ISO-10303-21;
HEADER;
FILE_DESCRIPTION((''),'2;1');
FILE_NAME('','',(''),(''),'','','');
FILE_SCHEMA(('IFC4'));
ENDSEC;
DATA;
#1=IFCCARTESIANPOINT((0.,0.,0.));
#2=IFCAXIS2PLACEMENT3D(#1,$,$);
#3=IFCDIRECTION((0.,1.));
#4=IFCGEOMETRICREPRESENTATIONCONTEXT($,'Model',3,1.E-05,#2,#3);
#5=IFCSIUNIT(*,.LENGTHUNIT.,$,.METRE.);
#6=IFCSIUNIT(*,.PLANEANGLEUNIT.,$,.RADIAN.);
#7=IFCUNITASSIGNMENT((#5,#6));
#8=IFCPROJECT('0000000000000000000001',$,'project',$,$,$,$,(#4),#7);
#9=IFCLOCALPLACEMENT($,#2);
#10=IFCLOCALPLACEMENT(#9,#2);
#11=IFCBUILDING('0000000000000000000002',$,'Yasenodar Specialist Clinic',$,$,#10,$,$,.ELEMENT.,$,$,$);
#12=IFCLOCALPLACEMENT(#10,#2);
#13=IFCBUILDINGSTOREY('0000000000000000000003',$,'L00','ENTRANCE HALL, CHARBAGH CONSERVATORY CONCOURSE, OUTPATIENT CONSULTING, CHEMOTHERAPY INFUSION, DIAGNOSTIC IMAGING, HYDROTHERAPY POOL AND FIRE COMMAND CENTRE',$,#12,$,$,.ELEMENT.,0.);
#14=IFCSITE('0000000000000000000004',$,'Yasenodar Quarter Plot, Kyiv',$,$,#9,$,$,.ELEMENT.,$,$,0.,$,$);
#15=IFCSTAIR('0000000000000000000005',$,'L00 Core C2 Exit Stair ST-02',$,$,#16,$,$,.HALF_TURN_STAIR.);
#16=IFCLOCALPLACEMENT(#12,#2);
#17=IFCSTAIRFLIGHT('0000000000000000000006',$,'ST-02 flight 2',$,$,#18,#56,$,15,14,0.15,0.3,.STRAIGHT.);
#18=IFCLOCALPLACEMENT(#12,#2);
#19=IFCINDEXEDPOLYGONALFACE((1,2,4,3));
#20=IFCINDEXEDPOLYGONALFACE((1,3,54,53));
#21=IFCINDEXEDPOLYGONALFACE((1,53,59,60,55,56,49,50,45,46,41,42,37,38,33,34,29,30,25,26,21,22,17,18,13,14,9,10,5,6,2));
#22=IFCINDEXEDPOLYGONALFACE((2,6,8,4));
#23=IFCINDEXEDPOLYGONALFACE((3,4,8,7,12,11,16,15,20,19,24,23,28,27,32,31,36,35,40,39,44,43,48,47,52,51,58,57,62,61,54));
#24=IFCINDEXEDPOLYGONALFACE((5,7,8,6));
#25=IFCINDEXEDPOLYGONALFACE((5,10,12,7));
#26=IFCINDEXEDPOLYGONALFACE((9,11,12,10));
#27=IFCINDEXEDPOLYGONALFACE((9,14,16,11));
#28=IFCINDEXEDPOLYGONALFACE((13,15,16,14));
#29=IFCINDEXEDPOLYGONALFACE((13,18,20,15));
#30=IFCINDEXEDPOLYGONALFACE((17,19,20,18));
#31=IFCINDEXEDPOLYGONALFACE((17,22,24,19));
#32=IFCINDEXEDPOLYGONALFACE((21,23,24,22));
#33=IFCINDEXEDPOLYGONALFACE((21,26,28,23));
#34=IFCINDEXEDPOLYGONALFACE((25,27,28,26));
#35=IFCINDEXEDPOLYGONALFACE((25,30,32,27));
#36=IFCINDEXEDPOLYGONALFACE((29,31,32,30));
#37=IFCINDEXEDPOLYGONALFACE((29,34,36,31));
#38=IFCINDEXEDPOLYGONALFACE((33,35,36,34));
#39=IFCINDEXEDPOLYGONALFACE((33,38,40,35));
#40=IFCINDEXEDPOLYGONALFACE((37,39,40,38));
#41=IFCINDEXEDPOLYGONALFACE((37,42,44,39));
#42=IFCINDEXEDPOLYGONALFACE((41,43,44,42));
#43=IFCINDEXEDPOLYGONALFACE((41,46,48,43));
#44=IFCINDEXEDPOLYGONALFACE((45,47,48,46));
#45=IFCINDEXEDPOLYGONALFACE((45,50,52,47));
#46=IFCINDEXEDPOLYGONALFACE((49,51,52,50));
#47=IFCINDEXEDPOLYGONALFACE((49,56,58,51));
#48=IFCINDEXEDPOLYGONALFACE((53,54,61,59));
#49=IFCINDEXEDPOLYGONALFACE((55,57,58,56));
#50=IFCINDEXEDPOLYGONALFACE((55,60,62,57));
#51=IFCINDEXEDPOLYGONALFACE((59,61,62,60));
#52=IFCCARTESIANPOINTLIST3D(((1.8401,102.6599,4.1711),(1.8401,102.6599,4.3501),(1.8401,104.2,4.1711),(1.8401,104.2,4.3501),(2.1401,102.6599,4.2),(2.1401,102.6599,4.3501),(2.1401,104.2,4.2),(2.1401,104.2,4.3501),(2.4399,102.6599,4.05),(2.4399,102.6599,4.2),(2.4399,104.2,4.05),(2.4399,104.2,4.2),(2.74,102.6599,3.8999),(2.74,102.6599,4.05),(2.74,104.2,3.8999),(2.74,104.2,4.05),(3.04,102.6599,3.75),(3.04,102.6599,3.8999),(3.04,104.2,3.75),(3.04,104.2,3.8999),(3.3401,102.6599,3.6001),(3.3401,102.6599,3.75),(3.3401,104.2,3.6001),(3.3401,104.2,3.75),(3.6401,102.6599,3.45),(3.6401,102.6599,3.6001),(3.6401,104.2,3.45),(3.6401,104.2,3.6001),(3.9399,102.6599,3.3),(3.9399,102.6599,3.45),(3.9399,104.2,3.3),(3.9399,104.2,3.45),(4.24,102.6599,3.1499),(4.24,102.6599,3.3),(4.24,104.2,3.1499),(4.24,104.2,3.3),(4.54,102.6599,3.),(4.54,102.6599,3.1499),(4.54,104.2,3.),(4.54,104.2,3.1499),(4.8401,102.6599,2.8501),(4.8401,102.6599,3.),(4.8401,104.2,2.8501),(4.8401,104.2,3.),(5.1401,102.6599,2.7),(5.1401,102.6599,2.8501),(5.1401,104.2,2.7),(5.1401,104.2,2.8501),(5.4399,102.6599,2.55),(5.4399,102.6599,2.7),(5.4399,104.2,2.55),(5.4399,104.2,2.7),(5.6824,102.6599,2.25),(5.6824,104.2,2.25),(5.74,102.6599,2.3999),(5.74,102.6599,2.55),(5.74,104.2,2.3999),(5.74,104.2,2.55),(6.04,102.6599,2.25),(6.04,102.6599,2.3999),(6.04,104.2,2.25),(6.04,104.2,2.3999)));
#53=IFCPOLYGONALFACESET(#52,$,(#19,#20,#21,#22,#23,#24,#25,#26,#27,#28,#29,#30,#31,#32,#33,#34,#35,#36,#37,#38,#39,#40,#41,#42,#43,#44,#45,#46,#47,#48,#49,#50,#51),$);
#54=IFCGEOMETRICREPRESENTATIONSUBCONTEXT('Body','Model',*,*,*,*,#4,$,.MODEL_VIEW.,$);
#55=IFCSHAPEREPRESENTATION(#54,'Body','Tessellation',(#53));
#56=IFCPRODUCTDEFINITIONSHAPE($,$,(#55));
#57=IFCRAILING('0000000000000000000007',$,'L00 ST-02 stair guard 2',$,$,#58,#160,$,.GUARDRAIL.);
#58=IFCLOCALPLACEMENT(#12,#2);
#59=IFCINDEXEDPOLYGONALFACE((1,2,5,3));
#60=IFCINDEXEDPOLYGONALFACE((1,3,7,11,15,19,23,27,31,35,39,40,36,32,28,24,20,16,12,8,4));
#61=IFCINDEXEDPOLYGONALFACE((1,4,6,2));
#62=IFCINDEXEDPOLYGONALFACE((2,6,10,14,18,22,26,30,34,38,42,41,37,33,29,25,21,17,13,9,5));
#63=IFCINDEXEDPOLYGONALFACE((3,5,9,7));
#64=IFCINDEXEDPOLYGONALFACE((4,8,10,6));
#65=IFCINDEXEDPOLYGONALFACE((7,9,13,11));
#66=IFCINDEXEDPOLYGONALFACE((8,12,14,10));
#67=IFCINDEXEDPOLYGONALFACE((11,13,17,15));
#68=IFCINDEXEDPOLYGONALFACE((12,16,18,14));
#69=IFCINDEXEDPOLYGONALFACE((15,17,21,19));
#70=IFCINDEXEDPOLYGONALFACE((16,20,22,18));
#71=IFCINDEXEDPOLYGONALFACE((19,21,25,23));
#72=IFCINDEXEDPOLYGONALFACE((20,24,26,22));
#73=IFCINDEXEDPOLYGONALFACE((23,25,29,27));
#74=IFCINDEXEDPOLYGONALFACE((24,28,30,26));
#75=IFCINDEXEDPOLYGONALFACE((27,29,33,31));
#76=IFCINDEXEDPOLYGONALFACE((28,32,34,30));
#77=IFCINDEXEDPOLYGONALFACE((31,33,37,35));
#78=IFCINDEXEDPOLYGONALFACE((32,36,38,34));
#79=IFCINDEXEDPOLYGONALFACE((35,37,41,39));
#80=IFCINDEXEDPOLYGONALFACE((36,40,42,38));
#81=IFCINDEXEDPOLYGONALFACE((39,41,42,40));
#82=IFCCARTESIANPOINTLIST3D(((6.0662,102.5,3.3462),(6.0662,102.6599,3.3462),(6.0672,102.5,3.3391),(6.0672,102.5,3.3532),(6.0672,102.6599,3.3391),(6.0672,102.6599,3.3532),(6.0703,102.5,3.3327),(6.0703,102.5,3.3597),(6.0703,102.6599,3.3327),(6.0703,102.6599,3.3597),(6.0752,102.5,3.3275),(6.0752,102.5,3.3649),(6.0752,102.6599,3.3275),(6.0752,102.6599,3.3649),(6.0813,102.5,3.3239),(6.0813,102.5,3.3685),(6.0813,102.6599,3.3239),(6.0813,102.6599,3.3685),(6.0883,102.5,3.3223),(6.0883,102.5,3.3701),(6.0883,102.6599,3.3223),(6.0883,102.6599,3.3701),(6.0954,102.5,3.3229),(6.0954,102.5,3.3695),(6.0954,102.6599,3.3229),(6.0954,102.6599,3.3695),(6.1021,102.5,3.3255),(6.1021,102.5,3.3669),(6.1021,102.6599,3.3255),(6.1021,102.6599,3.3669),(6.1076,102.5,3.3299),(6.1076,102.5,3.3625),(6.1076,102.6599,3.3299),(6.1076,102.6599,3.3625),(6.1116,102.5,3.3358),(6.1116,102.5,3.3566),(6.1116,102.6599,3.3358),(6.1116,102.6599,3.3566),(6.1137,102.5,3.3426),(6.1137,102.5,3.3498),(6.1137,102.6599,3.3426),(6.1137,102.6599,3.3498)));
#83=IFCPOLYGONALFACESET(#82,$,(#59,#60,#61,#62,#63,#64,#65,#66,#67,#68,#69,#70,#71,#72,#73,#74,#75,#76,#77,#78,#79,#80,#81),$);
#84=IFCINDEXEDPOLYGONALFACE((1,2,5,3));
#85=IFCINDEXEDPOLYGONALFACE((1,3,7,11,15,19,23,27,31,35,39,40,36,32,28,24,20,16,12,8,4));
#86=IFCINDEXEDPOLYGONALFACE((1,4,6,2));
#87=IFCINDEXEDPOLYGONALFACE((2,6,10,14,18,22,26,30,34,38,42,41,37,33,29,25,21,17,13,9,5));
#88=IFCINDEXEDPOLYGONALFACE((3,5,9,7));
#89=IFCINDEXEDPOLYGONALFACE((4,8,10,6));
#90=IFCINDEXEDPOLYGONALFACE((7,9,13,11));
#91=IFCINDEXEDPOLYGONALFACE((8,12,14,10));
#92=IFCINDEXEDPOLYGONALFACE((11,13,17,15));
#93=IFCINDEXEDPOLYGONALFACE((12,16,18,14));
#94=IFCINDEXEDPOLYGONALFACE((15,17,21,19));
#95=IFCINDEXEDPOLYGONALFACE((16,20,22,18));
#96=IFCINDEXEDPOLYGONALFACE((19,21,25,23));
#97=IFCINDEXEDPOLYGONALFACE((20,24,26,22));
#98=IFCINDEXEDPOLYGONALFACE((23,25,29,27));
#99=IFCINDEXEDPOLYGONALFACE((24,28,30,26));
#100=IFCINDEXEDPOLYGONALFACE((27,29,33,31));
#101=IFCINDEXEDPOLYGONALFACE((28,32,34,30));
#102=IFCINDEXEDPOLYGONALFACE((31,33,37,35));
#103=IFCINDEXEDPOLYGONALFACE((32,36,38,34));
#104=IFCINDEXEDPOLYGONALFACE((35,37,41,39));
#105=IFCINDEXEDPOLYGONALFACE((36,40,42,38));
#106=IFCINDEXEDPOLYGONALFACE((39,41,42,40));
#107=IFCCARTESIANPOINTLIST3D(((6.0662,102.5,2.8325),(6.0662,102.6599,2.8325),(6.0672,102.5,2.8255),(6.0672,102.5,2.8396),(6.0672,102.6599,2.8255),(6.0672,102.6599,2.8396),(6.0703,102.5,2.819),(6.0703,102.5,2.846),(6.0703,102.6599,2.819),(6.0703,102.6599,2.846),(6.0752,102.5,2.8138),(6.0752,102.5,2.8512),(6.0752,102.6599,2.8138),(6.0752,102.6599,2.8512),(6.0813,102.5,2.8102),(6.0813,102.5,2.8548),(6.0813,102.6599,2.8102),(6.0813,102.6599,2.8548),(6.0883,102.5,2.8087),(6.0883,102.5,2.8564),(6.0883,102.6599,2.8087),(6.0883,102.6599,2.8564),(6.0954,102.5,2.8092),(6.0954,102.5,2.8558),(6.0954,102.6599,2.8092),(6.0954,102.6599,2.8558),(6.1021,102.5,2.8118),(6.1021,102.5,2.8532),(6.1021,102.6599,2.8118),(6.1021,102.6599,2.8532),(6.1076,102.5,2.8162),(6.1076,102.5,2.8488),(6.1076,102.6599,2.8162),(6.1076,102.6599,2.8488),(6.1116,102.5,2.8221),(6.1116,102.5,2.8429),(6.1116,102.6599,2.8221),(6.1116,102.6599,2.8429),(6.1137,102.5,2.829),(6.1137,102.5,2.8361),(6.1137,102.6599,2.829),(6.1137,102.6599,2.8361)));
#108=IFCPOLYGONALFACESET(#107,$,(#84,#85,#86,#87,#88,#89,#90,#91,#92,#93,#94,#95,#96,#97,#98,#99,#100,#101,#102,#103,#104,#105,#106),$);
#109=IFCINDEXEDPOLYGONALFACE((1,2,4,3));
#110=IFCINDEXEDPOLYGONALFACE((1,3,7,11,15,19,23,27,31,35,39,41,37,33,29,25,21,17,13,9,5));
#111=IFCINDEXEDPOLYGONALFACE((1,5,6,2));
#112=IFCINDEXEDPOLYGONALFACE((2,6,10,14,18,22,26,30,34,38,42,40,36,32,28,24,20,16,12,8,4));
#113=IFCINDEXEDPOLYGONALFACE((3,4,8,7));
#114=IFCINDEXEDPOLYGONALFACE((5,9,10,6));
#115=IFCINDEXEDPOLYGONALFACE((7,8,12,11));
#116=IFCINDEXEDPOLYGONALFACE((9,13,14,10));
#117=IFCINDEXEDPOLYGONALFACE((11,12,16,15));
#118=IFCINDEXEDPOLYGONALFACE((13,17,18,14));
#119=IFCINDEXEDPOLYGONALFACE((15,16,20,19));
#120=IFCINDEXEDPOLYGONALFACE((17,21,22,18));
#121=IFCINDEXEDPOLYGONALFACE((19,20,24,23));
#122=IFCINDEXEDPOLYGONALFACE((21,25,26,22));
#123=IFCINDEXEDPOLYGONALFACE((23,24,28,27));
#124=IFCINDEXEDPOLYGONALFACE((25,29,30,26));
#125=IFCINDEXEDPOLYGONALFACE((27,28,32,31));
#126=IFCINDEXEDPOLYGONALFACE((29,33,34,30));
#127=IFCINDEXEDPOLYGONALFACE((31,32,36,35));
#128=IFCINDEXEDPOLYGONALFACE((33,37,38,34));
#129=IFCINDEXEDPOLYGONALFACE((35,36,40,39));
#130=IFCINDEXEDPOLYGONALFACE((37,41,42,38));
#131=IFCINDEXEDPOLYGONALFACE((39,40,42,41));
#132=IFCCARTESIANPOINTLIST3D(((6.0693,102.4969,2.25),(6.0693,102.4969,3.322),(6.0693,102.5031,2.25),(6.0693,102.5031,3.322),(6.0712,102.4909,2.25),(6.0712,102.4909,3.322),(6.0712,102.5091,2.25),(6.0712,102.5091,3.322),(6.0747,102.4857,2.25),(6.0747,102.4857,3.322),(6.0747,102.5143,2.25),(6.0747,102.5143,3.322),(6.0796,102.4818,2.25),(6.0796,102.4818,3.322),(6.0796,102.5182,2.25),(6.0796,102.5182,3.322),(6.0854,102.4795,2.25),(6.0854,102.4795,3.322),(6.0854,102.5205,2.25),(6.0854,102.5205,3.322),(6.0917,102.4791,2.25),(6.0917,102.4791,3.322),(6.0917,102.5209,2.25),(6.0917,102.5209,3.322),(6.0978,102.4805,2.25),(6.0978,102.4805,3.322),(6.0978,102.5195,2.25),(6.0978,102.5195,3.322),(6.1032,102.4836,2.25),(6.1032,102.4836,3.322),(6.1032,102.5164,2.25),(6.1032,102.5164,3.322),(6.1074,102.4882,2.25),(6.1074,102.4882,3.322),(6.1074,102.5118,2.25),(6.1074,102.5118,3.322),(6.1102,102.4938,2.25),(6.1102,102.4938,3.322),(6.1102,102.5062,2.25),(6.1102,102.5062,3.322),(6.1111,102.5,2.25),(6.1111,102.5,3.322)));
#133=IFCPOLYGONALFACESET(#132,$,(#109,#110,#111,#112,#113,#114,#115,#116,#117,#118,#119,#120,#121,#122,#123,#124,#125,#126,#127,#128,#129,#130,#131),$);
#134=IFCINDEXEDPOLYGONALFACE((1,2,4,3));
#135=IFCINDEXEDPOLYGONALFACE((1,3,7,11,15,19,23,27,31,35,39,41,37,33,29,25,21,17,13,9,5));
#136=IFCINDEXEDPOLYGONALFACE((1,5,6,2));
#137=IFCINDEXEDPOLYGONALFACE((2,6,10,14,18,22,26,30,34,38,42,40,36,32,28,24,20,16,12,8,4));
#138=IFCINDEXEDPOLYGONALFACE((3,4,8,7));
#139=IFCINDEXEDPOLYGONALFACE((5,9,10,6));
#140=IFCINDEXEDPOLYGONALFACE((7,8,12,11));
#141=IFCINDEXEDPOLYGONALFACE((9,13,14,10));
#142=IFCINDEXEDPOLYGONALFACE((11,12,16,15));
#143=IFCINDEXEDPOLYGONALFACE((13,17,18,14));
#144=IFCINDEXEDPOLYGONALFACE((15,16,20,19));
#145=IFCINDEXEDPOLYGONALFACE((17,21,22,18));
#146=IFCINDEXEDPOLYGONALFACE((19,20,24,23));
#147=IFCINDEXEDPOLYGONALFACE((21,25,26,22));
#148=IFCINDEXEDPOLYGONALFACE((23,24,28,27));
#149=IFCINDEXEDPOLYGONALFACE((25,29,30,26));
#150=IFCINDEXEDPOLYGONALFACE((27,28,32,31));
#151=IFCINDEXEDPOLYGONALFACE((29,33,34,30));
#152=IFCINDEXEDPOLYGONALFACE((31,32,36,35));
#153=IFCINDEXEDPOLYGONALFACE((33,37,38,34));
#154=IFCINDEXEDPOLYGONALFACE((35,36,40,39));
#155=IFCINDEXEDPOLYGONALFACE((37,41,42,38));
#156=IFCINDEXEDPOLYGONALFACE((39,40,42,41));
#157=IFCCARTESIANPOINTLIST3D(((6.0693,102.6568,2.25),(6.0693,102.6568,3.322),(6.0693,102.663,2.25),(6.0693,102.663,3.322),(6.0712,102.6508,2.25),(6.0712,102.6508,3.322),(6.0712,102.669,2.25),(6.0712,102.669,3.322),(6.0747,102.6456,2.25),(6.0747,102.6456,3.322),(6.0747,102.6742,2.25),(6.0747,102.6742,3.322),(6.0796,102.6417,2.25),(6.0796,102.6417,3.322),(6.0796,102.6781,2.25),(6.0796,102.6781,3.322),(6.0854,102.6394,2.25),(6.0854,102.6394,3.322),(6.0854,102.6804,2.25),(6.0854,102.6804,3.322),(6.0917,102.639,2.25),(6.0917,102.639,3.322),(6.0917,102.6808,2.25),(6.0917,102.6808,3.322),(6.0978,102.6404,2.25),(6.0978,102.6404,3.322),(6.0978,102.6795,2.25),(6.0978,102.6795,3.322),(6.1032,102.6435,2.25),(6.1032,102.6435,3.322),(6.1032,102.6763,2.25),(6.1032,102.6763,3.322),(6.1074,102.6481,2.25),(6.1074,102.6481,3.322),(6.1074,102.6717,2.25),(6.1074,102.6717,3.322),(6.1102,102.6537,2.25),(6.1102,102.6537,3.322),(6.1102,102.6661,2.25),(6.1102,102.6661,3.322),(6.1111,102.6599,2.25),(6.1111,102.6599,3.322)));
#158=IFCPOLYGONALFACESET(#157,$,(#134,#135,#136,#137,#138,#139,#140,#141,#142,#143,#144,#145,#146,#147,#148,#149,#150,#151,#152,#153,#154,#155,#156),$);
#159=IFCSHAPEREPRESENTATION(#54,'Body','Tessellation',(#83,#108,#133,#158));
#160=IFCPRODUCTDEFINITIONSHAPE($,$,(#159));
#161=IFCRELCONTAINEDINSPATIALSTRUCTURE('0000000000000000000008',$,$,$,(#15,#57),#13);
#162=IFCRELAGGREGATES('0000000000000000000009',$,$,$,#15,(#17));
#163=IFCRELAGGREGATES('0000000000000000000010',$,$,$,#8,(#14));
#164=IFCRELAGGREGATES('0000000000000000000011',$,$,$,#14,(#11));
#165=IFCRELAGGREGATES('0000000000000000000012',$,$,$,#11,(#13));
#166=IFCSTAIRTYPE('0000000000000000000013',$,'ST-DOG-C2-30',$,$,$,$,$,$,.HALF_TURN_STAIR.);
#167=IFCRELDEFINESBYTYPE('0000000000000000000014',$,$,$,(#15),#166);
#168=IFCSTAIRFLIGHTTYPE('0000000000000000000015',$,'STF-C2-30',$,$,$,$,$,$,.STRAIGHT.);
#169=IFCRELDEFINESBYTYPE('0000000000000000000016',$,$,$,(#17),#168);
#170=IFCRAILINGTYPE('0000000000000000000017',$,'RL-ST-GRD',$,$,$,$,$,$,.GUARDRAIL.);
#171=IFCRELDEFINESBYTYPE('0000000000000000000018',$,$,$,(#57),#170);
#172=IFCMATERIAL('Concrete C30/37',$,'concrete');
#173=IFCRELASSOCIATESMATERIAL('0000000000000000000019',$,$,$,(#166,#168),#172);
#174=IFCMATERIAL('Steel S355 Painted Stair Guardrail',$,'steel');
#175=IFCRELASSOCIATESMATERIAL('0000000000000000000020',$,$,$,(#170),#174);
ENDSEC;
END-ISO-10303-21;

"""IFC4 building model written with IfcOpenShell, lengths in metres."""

from ifc_helpers import new_model, si_unit, direction, frame, origin, origin_2d, place, context, subcontext, project, spatial, polyline, circle, outline, extrude, material, type_object, element, aggregate, save


model = new_model("IFC4")

# Units and contexts
model_context = context("Model", 3, precision=1e-05, world=origin(), true_north=direction((0.0, 1.0)))
body_context = subcontext(model_context, "Body", "Model", "MODEL_VIEW")
ifc_project = project(units=[si_unit("LENGTHUNIT", "METRE"), si_unit("PLANEANGLEUNIT", "RADIAN")], contexts=[model_context])

# Site, building, storey
site_placement = place(None, origin())
site = spatial("IfcSite", under=ifc_project, at=site_placement, Name="Yasenodar Quarter Plot, Kyiv", CompositionType="ELEMENT", RefElevation=0.0)
building_placement = place(site_placement, origin())
building = spatial("IfcBuilding", under=site, at=building_placement, Name="Yasenodar Specialist Clinic", CompositionType="ELEMENT")
storey_placement = place(building_placement, origin())
storey = spatial("IfcBuildingStorey", under=building, at=storey_placement, Name="L00", Description="ENTRANCE HALL, CHARBAGH CONSERVATORY CONCOURSE, OUTPATIENT CONSULTING, CHEMOTHERAPY INFUSION, DIAGNOSTIC IMAGING, HYDROTHERAPY POOL AND FIRE COMMAND CENTRE", CompositionType="ELEMENT", Elevation=0.0)

# Stair, stair flight
ifc_material_1 = material(Name="Concrete C30/37", Category="concrete")
stair_type = type_object("IfcStairType", Name="ST-DOG-C2-30", PredefinedType="HALF_TURN_STAIR", material=ifc_material_1)
stair_placement = place(storey_placement, origin())
stair = element("IfcStair", 1, at=stair_placement, inside=storey, type_object=stair_type, Name="L00 Core C2 Exit Stair ST-02", PredefinedType="HALF_TURN_STAIR")
stair_flight_type = type_object("IfcStairFlightType", Name="STF-C2-30", PredefinedType="STRAIGHT", material=ifc_material_1)
stair_flight_placement = place(storey_placement, frame((6.04, 103.4299, 2.25), z_axis=(0.0, 0.0, 1.0), x_axis=(-1.0, 0.0, 0.0)))
stair_flight = element("IfcStairFlight", 2, at=stair_flight_placement, type_object=stair_flight_type, Name="ST-02 flight 2", NumberOfRisers=15, NumberOfTreads=14, PredefinedType="STRAIGHT", RiserHeight=0.15, TreadLength=0.3, context=body_context, shape_type="SweptSolid", body=[
    extrude(outline(polyline([(0.0, 0.0), (0.0, 0.1499), (0.3, 0.1499), (0.3, 0.3), (0.6001, 0.3), (0.6001, 0.45), (0.8999, 0.45), (0.8999, 0.6001), (1.2, 0.6001), (1.2, 0.75), (1.5, 0.75), (1.5, 0.8999), (1.8, 0.8999), (1.8, 1.05), (2.1001, 1.05), (2.1001, 1.2), (2.3999, 1.2), (2.3999, 1.3501), (2.7, 1.3501), (2.7, 1.5), (3.0, 1.5), (3.0, 1.6499), (3.3, 1.6499), (3.3, 1.8), (3.6001, 1.8), (3.6001, 1.95), (3.8999, 1.95), (3.8999, 2.1001), (4.2, 2.1001), (4.2, 2.25), (4.2, 1.9211), (0.3577, 0.0), (0.0, 0.0)])), frame((0.0, 0.77, 0.0), z_axis=(0.0, -1.0, 0.0), x_axis=(1.0, 0.0, 0.0)), (0.0, 0.0, 1.0), 1.54),
])
aggregate(stair, [stair_flight])

# Railing
ifc_material_2 = material(Name="Steel S355 Painted Stair Guardrail", Category="steel")
railing_type_1 = type_object("IfcRailingType", Name="RL-ST-GRD", PredefinedType="GUARDRAIL", material=ifc_material_2)
railing_1_placement = place(storey_placement, frame((6.0901, 102.5, 2.25)))
element("IfcRailing", 3, at=railing_1_placement, inside=storey, type_object=railing_type_1, Name="L00 ST-02 stair guard 2", PredefinedType="GUARDRAIL", context=body_context, shape_type="SweptSolid", body=[
    extrude(circle(Radius=0.0239, at=origin_2d()), frame((0.0, 0.0, 1.0962), z_axis=(0.0, 1.0, 0.0), x_axis=(-1.0, 0.0, 0.0)), (0.0, 0.0, 1.0), 0.1599),
    extrude(circle(Radius=0.0239, at=origin_2d()), frame((0.0, 0.0, 0.5825), z_axis=(0.0, 1.0, 0.0), x_axis=(-1.0, 0.0, 0.0)), (0.0, 0.0, 1.0), 0.1599),
    extrude(circle(Radius=0.021, at=origin_2d()), origin(), (0.0, 0.0, 1.0), 1.072),
    extrude(circle(Radius=0.021, at=origin_2d()), frame((0.0, 0.1599, 0.0)), (0.0, 0.0, 1.0), 1.072),
])

save(model, "model.ifc")
